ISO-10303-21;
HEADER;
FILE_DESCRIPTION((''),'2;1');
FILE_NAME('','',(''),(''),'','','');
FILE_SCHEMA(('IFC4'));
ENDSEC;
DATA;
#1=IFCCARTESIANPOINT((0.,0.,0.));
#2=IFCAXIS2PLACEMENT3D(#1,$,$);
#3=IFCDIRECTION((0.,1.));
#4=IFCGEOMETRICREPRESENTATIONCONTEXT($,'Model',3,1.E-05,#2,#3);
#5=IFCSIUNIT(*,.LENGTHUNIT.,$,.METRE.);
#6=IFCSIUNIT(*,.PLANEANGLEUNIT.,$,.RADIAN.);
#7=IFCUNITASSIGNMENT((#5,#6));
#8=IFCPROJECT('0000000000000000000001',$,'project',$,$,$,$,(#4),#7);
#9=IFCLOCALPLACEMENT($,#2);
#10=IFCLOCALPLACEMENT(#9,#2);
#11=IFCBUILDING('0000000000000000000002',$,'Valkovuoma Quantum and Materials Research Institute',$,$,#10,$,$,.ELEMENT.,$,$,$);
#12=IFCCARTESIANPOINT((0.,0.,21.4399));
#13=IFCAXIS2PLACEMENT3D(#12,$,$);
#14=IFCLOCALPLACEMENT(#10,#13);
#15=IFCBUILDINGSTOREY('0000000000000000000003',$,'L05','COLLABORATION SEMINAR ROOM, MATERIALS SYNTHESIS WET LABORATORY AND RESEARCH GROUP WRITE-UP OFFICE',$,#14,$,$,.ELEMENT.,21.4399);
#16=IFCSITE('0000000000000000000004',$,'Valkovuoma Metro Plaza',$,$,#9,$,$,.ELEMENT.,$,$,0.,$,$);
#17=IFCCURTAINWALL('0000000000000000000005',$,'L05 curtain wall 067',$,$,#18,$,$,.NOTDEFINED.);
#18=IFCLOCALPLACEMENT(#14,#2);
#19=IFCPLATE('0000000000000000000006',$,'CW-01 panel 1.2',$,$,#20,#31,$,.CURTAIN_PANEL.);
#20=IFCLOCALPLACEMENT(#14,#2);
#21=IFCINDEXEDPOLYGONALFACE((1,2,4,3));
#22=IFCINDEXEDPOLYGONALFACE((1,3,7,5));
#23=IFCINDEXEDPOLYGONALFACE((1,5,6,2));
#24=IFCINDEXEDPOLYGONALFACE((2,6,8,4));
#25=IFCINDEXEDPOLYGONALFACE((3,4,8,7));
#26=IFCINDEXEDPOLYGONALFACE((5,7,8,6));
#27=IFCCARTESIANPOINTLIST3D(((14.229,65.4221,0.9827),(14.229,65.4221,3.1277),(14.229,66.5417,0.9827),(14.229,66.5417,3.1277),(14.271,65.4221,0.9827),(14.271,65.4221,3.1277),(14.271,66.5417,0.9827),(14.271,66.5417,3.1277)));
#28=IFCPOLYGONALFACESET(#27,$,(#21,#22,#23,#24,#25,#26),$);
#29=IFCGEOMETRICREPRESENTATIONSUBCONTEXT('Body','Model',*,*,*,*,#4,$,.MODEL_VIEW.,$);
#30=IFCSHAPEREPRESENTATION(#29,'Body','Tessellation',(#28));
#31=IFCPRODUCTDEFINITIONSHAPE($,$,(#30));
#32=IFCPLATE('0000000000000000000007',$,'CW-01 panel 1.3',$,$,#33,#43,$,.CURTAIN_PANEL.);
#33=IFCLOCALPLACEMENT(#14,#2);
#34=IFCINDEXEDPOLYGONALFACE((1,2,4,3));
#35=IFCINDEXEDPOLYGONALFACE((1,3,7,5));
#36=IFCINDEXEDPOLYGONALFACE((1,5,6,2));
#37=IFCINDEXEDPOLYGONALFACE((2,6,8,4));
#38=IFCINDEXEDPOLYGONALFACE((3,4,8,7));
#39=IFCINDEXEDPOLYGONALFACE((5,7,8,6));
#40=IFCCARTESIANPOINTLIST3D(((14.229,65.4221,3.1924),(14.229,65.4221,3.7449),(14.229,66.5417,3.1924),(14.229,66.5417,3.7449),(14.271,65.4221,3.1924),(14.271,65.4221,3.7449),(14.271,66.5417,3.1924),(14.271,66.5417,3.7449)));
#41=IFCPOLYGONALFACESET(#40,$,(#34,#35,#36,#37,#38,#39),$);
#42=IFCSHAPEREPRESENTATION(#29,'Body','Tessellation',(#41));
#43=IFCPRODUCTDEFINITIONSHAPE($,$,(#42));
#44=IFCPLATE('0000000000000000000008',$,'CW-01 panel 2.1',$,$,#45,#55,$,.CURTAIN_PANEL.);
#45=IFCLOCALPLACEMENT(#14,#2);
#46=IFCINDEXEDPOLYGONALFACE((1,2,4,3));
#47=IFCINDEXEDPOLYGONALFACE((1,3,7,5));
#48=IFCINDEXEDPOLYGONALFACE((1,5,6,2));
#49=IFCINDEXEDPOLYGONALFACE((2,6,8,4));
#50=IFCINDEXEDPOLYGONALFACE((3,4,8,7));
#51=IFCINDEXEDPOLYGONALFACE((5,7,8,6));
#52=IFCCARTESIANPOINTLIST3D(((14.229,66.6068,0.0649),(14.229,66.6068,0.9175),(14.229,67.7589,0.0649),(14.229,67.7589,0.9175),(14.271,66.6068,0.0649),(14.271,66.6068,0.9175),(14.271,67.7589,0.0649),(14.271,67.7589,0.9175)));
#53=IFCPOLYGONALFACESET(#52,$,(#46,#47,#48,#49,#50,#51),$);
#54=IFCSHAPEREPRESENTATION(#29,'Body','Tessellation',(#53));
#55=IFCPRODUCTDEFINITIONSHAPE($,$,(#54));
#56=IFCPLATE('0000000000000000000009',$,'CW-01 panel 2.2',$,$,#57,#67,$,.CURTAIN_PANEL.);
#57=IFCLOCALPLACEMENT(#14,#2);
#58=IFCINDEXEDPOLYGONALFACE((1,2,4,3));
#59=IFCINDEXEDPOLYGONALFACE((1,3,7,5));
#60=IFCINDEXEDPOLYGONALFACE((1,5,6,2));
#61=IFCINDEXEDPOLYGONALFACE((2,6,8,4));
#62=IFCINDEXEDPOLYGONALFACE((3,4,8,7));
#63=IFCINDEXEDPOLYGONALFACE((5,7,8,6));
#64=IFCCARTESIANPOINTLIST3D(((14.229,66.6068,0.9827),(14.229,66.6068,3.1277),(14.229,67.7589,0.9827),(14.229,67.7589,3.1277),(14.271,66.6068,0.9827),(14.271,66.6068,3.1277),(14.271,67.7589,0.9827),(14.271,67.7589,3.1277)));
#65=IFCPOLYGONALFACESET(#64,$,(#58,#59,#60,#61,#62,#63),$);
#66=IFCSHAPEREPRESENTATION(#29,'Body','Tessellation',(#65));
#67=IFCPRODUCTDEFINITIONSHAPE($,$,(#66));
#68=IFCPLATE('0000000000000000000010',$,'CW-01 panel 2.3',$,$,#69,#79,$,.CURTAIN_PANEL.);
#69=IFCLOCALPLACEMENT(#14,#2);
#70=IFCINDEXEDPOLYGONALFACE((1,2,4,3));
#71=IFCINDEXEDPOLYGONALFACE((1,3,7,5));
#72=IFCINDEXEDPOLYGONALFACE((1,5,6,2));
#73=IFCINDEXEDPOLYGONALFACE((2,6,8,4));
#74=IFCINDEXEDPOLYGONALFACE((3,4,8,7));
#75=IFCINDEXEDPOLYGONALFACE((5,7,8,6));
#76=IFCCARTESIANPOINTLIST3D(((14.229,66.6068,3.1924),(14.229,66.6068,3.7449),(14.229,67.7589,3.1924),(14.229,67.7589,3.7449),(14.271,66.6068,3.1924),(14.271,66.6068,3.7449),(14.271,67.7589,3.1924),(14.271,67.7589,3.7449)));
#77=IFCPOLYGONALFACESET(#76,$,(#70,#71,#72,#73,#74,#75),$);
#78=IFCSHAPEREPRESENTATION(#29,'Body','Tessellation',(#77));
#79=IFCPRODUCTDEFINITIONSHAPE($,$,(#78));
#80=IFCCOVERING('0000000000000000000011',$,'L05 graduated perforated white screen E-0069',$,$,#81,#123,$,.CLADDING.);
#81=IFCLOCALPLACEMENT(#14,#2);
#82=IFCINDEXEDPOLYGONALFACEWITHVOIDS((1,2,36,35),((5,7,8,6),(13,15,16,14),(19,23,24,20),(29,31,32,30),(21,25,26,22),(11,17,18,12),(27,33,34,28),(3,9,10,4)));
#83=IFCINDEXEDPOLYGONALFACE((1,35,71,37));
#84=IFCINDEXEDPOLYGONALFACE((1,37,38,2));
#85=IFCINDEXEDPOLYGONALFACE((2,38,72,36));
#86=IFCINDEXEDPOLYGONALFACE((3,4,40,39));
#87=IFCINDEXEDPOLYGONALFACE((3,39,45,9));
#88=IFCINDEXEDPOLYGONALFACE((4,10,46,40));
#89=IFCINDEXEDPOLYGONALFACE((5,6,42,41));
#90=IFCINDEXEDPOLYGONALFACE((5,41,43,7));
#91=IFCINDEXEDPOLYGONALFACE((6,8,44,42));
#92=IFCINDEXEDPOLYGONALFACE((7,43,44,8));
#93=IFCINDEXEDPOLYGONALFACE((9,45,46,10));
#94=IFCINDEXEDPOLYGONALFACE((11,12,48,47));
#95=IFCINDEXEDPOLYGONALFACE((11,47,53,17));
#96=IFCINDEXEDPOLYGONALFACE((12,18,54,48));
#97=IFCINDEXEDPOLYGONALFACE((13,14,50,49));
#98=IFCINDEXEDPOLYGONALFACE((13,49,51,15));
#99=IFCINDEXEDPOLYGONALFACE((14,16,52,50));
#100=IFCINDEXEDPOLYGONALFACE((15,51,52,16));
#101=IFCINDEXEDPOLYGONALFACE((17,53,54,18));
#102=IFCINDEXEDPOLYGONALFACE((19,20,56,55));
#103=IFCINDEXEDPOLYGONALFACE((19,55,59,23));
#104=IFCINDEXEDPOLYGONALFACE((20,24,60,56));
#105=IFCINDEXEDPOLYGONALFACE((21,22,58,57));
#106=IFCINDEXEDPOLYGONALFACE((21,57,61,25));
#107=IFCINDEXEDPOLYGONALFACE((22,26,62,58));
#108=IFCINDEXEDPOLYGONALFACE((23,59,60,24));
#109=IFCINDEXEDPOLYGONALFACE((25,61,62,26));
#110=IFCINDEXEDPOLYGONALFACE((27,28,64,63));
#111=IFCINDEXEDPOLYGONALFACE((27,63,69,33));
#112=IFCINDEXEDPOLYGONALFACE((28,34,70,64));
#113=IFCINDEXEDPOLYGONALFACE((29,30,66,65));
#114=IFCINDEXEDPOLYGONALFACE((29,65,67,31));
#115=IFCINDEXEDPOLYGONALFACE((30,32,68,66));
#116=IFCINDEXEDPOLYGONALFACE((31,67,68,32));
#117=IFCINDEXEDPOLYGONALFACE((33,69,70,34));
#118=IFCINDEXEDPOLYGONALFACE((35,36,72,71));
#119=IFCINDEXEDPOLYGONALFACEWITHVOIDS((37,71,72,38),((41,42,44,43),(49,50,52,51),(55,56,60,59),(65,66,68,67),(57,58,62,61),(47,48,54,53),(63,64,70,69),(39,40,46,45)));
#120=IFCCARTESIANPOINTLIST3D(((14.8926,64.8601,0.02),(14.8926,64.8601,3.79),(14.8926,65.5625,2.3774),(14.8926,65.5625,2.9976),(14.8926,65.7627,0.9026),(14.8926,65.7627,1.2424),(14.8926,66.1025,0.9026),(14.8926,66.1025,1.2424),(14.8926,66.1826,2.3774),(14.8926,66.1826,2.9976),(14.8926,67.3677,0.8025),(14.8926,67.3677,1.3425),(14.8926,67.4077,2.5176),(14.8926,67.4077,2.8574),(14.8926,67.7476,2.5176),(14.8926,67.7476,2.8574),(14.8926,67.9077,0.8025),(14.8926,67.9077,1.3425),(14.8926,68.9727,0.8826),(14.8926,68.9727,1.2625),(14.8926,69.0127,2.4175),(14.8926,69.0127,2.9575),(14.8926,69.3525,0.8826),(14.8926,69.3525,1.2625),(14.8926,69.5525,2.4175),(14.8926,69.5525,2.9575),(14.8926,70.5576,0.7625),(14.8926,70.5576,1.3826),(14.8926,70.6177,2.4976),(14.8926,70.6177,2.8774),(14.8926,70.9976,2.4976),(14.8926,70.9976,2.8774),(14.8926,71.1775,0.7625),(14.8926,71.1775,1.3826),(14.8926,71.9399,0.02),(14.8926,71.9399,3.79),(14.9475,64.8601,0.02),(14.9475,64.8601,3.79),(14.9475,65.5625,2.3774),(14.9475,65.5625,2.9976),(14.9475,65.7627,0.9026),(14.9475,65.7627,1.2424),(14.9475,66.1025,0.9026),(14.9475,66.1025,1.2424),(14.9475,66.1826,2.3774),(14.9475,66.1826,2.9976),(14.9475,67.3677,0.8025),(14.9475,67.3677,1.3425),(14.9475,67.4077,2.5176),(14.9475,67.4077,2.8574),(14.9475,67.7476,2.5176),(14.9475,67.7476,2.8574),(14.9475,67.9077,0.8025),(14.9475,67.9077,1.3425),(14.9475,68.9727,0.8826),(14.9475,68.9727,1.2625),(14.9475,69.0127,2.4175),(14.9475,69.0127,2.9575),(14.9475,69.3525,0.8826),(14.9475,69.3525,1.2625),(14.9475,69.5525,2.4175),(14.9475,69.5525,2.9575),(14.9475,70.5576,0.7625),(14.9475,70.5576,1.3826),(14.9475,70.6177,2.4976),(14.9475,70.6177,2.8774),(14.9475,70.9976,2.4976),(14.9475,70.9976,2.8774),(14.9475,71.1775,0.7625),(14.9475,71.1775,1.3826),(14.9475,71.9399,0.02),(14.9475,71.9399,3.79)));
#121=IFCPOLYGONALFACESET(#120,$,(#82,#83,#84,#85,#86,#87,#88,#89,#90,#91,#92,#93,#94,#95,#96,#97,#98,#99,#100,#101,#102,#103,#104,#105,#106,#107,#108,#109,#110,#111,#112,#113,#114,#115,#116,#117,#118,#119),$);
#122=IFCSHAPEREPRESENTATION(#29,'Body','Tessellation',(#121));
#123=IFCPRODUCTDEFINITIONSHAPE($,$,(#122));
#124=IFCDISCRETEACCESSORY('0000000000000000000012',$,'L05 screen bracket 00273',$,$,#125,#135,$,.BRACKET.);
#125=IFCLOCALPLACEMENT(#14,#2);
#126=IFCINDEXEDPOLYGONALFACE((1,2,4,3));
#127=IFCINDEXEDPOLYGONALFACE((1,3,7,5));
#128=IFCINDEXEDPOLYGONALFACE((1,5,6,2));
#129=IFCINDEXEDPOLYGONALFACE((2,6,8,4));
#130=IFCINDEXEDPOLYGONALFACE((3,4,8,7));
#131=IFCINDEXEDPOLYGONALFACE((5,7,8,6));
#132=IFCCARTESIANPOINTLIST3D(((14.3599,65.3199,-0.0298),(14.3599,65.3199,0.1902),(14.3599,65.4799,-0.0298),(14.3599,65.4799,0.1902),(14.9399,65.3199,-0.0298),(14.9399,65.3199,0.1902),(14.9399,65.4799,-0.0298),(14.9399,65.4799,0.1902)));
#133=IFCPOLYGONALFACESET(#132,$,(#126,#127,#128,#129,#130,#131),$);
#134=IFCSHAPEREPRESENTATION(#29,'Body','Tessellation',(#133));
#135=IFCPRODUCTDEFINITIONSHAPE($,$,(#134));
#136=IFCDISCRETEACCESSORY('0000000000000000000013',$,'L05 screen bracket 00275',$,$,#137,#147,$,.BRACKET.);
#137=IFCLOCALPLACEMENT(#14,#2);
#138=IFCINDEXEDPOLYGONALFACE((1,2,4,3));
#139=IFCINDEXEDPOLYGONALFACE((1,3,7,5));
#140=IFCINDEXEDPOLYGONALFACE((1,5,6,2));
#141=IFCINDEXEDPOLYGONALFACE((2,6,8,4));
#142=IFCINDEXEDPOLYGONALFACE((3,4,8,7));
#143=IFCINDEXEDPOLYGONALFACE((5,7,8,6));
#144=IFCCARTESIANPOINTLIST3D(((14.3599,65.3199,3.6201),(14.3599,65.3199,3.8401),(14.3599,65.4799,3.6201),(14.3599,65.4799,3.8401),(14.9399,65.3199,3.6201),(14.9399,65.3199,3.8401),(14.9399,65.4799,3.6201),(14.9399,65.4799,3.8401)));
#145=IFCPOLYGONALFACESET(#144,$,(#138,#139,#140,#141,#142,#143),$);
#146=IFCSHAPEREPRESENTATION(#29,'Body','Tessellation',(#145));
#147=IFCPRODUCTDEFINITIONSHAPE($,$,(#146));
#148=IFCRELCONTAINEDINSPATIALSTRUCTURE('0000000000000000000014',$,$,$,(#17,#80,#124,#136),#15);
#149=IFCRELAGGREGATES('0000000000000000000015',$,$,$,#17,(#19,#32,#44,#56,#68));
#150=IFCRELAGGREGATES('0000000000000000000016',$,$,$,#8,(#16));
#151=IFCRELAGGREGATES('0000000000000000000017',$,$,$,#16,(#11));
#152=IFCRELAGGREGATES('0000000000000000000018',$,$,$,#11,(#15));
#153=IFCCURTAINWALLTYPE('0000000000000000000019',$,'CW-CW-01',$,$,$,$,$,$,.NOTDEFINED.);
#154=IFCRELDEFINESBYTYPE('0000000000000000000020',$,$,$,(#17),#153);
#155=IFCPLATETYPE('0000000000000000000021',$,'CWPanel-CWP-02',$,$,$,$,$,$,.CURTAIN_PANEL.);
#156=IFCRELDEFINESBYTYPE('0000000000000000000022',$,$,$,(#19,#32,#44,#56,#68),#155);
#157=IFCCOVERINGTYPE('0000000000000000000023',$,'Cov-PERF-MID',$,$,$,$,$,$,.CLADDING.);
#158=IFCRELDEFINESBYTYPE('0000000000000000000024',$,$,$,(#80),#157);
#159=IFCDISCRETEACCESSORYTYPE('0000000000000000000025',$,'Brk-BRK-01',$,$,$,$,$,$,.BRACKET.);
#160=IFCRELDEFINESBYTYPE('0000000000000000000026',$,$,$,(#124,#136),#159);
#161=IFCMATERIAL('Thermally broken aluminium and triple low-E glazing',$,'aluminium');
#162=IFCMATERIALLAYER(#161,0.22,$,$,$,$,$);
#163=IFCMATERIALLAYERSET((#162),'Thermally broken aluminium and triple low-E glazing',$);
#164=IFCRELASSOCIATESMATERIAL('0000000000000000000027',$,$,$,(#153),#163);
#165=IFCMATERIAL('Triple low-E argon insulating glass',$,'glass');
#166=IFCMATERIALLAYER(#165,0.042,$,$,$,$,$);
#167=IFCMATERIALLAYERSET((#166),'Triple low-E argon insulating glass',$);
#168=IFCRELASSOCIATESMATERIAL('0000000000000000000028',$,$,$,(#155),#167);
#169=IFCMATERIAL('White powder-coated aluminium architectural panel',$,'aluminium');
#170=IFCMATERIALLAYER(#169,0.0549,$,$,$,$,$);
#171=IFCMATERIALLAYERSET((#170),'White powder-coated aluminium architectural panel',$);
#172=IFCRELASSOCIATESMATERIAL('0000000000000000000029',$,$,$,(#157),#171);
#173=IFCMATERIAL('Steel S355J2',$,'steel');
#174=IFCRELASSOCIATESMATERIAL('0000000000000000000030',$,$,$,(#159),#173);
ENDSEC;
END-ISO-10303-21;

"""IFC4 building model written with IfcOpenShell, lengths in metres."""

from ifc_helpers import new_model, si_unit, direction, frame, origin, origin_2d, place, context, subcontext, project, spatial, polyline, rectangle, outline, extrude, material, layer, layer_set, type_object, element, aggregate, save


model = new_model("IFC4")

# Units and contexts
model_context = context("Model", 3, precision=1e-05, world=origin(), true_north=direction((0.0, 1.0)))
body_context = subcontext(model_context, "Body", "Model", "MODEL_VIEW")
ifc_project = project(units=[si_unit("LENGTHUNIT", "METRE"), si_unit("PLANEANGLEUNIT", "RADIAN")], contexts=[model_context])

# Site, building, storey
site_placement = place(None, origin())
site = spatial("IfcSite", under=ifc_project, at=site_placement, Name="Valkovuoma Metro Plaza", CompositionType="ELEMENT", RefElevation=0.0)
building_placement = place(site_placement, origin())
building = spatial("IfcBuilding", under=site, at=building_placement, Name="Valkovuoma Quantum and Materials Research Institute", CompositionType="ELEMENT")
storey_placement = place(building_placement, frame((0.0, 0.0, 21.4399)))
storey = spatial("IfcBuildingStorey", under=building, at=storey_placement, Name="L05", Description="COLLABORATION SEMINAR ROOM, MATERIALS SYNTHESIS WET LABORATORY AND RESEARCH GROUP WRITE-UP OFFICE", CompositionType="ELEMENT", Elevation=21.4399)

# Shared definitions
ifc_material_1 = material(Name="Thermally broken aluminium and triple low-E glazing", Category="aluminium")
ifc_layer_1 = layer(ifc_material_1, 0.22)
ifc_layer_set_1 = layer_set([ifc_layer_1], Name="Thermally broken aluminium and triple low-E glazing")
curtain_wall_type = type_object("IfcCurtainWallType", Name="CW-CW-01", PredefinedType="NOTDEFINED", material=ifc_layer_set_1)

# Curtain wall, plates
curtain_wall_1_placement = place(storey_placement, origin())
curtain_wall_1 = element("IfcCurtainWall", 1, at=curtain_wall_1_placement, inside=storey, type_object=curtain_wall_type, Name="L05 curtain wall 067", PredefinedType="NOTDEFINED")
ifc_material_2 = material(Name="Triple low-E argon insulating glass", Category="glass")
ifc_layer_2 = layer(ifc_material_2, 0.042)
ifc_layer_set_2 = layer_set([ifc_layer_2], Name="Triple low-E argon insulating glass")
plate_type = type_object("IfcPlateType", Name="CWPanel-CWP-02", PredefinedType="CURTAIN_PANEL", material=ifc_layer_set_2)
plate_1_placement = place(storey_placement, frame((14.25, 65.9819, 0.9827), z_axis=(0.0, 0.0, 1.0), x_axis=(0.0, 1.0, 0.0)))
plate_1 = element("IfcPlate", 2, at=plate_1_placement, type_object=plate_type, Name="CW-01 panel 1.2", PredefinedType="CURTAIN_PANEL", context=body_context, shape_type="SweptSolid", body=[
    extrude(rectangle(XDim=1.1196, YDim=0.042, at=origin_2d()), origin(), (0.0, 0.0, 1.0), 2.145),
])
plate_2_placement = place(storey_placement, frame((14.25, 65.9819, 3.1924), z_axis=(0.0, 0.0, 1.0), x_axis=(0.0, 1.0, 0.0)))
plate_2 = element("IfcPlate", 3, at=plate_2_placement, type_object=plate_type, Name="CW-01 panel 1.3", PredefinedType="CURTAIN_PANEL", context=body_context, shape_type="SweptSolid", body=[
    extrude(rectangle(XDim=1.1196, YDim=0.042, at=origin_2d()), origin(), (0.0, 0.0, 1.0), 0.5525),
])
plate_3_placement = place(storey_placement, frame((14.25, 67.1829, 0.0649), z_axis=(0.0, 0.0, 1.0), x_axis=(0.0, 1.0, 0.0)))
plate_3 = element("IfcPlate", 4, at=plate_3_placement, type_object=plate_type, Name="CW-01 panel 2.1", PredefinedType="CURTAIN_PANEL", context=body_context, shape_type="SweptSolid", body=[
    extrude(rectangle(XDim=1.1521, YDim=0.042, at=origin_2d()), origin(), (0.0, 0.0, 1.0), 0.8525),
])
plate_4_placement = place(storey_placement, frame((14.25, 67.1829, 0.9827), z_axis=(0.0, 0.0, 1.0), x_axis=(0.0, 1.0, 0.0)))
plate_4 = element("IfcPlate", 5, at=plate_4_placement, type_object=plate_type, Name="CW-01 panel 2.2", PredefinedType="CURTAIN_PANEL", context=body_context, shape_type="SweptSolid", body=[
    extrude(rectangle(XDim=1.1521, YDim=0.042, at=origin_2d()), origin(), (0.0, 0.0, 1.0), 2.145),
])
plate_5_placement = place(storey_placement, frame((14.25, 67.1829, 3.1924), z_axis=(0.0, 0.0, 1.0), x_axis=(0.0, 1.0, 0.0)))
plate_5 = element("IfcPlate", 6, at=plate_5_placement, type_object=plate_type, Name="CW-01 panel 2.3", PredefinedType="CURTAIN_PANEL", context=body_context, shape_type="SweptSolid", body=[
    extrude(rectangle(XDim=1.1521, YDim=0.042, at=origin_2d()), origin(), (0.0, 0.0, 1.0), 0.5525),
])
aggregate(curtain_wall_1, [plate_1, plate_2, plate_3, plate_4, plate_5])

# Covering
ifc_material_3 = material(Name="White powder-coated aluminium architectural panel", Category="aluminium")
ifc_layer_3 = layer(ifc_material_3, 0.0549)
ifc_layer_set_3 = layer_set([ifc_layer_3], Name="White powder-coated aluminium architectural panel")
covering_type = type_object("IfcCoveringType", Name="Cov-PERF-MID", PredefinedType="CLADDING", material=ifc_layer_set_3)
covering_placement = place(storey_placement, frame((14.9199, 64.8601, 0.02), z_axis=(0.0, 0.0, 1.0), x_axis=(0.0, 1.0, 0.0)))
element("IfcCovering", 7, at=covering_placement, inside=storey, type_object=covering_type, Name="L05 graduated perforated white screen E-0069", PredefinedType="CLADDING", context=body_context, shape_type="SweptSolid", body=[
    extrude(outline(polyline([(0.0, 0.0), (7.0798, 0.0), (7.0798, 3.77), (0.0, 3.77), (0.0, 0.0)]), holes=[polyline([(0.9026, 0.8826), (0.9026, 1.2224), (1.2424, 1.2224), (1.2424, 0.8826), (0.9026, 0.8826)]), polyline([(0.7024, 2.3574), (0.7024, 2.9775), (1.3225, 2.9775), (1.3225, 2.3574), (0.7024, 2.3574)]), polyline([(2.5076, 0.7825), (2.5076, 1.3225), (3.0476, 1.3225), (3.0476, 0.7825), (2.5076, 0.7825)]), polyline([(2.5476, 2.4976), (2.5476, 2.8374), (2.8875, 2.8374), (2.8875, 2.4976), (2.5476, 2.4976)]), polyline([(4.1125, 0.8625), (4.1125, 1.2424), (4.4924, 1.2424), (4.4924, 0.8625), (4.1125, 0.8625)]), polyline([(4.1526, 2.3975), (4.1526, 2.9375), (4.6924, 2.9375), (4.6924, 2.3975), (4.1526, 2.3975)]), polyline([(5.6975, 0.7424), (5.6975, 1.3625), (6.3174, 1.3625), (6.3174, 0.7424), (5.6975, 0.7424)]), polyline([(5.7576, 2.4775), (5.7576, 2.8574), (6.1375, 2.8574), (6.1375, 2.4775), (5.7576, 2.4775)])]), frame((0.0, 0.0273, 0.0), z_axis=(0.0, -1.0, 0.0), x_axis=(1.0, 0.0, 0.0)), (0.0, 0.0, 1.0), 0.0549),
])

# Discrete accessories
ifc_material_4 = material(Name="Steel S355J2", Category="steel")
discrete_accessory_type = type_object("IfcDiscreteAccessoryType", Name="Brk-BRK-01", PredefinedType="BRACKET", material=ifc_material_4)
for number, where, z_axis, x_axis, name in (
    (8, (14.6499, 65.3999, -0.0298), (0.0, 0.0, 1.0), (1.0, 0.0, 0.0), "L05 screen bracket 00273"),
    (9, (14.6499, 65.3999, 3.6201), (0.0, 0.0, 1.0), (1.0, 0.0, 0.0), "L05 screen bracket 00275"),
):
    element("IfcDiscreteAccessory", number, at=place(storey_placement, frame(where, z_axis=z_axis, x_axis=x_axis)), inside=storey, type_object=discrete_accessory_type, Name=name, PredefinedType="BRACKET", context=body_context, shape_type="SweptSolid", body=[
        extrude(rectangle(XDim=0.5801, YDim=0.1599, at=origin_2d()), origin(), (0.0, 0.0, 1.0), 0.22),
    ])

save(model, "model.ifc")
